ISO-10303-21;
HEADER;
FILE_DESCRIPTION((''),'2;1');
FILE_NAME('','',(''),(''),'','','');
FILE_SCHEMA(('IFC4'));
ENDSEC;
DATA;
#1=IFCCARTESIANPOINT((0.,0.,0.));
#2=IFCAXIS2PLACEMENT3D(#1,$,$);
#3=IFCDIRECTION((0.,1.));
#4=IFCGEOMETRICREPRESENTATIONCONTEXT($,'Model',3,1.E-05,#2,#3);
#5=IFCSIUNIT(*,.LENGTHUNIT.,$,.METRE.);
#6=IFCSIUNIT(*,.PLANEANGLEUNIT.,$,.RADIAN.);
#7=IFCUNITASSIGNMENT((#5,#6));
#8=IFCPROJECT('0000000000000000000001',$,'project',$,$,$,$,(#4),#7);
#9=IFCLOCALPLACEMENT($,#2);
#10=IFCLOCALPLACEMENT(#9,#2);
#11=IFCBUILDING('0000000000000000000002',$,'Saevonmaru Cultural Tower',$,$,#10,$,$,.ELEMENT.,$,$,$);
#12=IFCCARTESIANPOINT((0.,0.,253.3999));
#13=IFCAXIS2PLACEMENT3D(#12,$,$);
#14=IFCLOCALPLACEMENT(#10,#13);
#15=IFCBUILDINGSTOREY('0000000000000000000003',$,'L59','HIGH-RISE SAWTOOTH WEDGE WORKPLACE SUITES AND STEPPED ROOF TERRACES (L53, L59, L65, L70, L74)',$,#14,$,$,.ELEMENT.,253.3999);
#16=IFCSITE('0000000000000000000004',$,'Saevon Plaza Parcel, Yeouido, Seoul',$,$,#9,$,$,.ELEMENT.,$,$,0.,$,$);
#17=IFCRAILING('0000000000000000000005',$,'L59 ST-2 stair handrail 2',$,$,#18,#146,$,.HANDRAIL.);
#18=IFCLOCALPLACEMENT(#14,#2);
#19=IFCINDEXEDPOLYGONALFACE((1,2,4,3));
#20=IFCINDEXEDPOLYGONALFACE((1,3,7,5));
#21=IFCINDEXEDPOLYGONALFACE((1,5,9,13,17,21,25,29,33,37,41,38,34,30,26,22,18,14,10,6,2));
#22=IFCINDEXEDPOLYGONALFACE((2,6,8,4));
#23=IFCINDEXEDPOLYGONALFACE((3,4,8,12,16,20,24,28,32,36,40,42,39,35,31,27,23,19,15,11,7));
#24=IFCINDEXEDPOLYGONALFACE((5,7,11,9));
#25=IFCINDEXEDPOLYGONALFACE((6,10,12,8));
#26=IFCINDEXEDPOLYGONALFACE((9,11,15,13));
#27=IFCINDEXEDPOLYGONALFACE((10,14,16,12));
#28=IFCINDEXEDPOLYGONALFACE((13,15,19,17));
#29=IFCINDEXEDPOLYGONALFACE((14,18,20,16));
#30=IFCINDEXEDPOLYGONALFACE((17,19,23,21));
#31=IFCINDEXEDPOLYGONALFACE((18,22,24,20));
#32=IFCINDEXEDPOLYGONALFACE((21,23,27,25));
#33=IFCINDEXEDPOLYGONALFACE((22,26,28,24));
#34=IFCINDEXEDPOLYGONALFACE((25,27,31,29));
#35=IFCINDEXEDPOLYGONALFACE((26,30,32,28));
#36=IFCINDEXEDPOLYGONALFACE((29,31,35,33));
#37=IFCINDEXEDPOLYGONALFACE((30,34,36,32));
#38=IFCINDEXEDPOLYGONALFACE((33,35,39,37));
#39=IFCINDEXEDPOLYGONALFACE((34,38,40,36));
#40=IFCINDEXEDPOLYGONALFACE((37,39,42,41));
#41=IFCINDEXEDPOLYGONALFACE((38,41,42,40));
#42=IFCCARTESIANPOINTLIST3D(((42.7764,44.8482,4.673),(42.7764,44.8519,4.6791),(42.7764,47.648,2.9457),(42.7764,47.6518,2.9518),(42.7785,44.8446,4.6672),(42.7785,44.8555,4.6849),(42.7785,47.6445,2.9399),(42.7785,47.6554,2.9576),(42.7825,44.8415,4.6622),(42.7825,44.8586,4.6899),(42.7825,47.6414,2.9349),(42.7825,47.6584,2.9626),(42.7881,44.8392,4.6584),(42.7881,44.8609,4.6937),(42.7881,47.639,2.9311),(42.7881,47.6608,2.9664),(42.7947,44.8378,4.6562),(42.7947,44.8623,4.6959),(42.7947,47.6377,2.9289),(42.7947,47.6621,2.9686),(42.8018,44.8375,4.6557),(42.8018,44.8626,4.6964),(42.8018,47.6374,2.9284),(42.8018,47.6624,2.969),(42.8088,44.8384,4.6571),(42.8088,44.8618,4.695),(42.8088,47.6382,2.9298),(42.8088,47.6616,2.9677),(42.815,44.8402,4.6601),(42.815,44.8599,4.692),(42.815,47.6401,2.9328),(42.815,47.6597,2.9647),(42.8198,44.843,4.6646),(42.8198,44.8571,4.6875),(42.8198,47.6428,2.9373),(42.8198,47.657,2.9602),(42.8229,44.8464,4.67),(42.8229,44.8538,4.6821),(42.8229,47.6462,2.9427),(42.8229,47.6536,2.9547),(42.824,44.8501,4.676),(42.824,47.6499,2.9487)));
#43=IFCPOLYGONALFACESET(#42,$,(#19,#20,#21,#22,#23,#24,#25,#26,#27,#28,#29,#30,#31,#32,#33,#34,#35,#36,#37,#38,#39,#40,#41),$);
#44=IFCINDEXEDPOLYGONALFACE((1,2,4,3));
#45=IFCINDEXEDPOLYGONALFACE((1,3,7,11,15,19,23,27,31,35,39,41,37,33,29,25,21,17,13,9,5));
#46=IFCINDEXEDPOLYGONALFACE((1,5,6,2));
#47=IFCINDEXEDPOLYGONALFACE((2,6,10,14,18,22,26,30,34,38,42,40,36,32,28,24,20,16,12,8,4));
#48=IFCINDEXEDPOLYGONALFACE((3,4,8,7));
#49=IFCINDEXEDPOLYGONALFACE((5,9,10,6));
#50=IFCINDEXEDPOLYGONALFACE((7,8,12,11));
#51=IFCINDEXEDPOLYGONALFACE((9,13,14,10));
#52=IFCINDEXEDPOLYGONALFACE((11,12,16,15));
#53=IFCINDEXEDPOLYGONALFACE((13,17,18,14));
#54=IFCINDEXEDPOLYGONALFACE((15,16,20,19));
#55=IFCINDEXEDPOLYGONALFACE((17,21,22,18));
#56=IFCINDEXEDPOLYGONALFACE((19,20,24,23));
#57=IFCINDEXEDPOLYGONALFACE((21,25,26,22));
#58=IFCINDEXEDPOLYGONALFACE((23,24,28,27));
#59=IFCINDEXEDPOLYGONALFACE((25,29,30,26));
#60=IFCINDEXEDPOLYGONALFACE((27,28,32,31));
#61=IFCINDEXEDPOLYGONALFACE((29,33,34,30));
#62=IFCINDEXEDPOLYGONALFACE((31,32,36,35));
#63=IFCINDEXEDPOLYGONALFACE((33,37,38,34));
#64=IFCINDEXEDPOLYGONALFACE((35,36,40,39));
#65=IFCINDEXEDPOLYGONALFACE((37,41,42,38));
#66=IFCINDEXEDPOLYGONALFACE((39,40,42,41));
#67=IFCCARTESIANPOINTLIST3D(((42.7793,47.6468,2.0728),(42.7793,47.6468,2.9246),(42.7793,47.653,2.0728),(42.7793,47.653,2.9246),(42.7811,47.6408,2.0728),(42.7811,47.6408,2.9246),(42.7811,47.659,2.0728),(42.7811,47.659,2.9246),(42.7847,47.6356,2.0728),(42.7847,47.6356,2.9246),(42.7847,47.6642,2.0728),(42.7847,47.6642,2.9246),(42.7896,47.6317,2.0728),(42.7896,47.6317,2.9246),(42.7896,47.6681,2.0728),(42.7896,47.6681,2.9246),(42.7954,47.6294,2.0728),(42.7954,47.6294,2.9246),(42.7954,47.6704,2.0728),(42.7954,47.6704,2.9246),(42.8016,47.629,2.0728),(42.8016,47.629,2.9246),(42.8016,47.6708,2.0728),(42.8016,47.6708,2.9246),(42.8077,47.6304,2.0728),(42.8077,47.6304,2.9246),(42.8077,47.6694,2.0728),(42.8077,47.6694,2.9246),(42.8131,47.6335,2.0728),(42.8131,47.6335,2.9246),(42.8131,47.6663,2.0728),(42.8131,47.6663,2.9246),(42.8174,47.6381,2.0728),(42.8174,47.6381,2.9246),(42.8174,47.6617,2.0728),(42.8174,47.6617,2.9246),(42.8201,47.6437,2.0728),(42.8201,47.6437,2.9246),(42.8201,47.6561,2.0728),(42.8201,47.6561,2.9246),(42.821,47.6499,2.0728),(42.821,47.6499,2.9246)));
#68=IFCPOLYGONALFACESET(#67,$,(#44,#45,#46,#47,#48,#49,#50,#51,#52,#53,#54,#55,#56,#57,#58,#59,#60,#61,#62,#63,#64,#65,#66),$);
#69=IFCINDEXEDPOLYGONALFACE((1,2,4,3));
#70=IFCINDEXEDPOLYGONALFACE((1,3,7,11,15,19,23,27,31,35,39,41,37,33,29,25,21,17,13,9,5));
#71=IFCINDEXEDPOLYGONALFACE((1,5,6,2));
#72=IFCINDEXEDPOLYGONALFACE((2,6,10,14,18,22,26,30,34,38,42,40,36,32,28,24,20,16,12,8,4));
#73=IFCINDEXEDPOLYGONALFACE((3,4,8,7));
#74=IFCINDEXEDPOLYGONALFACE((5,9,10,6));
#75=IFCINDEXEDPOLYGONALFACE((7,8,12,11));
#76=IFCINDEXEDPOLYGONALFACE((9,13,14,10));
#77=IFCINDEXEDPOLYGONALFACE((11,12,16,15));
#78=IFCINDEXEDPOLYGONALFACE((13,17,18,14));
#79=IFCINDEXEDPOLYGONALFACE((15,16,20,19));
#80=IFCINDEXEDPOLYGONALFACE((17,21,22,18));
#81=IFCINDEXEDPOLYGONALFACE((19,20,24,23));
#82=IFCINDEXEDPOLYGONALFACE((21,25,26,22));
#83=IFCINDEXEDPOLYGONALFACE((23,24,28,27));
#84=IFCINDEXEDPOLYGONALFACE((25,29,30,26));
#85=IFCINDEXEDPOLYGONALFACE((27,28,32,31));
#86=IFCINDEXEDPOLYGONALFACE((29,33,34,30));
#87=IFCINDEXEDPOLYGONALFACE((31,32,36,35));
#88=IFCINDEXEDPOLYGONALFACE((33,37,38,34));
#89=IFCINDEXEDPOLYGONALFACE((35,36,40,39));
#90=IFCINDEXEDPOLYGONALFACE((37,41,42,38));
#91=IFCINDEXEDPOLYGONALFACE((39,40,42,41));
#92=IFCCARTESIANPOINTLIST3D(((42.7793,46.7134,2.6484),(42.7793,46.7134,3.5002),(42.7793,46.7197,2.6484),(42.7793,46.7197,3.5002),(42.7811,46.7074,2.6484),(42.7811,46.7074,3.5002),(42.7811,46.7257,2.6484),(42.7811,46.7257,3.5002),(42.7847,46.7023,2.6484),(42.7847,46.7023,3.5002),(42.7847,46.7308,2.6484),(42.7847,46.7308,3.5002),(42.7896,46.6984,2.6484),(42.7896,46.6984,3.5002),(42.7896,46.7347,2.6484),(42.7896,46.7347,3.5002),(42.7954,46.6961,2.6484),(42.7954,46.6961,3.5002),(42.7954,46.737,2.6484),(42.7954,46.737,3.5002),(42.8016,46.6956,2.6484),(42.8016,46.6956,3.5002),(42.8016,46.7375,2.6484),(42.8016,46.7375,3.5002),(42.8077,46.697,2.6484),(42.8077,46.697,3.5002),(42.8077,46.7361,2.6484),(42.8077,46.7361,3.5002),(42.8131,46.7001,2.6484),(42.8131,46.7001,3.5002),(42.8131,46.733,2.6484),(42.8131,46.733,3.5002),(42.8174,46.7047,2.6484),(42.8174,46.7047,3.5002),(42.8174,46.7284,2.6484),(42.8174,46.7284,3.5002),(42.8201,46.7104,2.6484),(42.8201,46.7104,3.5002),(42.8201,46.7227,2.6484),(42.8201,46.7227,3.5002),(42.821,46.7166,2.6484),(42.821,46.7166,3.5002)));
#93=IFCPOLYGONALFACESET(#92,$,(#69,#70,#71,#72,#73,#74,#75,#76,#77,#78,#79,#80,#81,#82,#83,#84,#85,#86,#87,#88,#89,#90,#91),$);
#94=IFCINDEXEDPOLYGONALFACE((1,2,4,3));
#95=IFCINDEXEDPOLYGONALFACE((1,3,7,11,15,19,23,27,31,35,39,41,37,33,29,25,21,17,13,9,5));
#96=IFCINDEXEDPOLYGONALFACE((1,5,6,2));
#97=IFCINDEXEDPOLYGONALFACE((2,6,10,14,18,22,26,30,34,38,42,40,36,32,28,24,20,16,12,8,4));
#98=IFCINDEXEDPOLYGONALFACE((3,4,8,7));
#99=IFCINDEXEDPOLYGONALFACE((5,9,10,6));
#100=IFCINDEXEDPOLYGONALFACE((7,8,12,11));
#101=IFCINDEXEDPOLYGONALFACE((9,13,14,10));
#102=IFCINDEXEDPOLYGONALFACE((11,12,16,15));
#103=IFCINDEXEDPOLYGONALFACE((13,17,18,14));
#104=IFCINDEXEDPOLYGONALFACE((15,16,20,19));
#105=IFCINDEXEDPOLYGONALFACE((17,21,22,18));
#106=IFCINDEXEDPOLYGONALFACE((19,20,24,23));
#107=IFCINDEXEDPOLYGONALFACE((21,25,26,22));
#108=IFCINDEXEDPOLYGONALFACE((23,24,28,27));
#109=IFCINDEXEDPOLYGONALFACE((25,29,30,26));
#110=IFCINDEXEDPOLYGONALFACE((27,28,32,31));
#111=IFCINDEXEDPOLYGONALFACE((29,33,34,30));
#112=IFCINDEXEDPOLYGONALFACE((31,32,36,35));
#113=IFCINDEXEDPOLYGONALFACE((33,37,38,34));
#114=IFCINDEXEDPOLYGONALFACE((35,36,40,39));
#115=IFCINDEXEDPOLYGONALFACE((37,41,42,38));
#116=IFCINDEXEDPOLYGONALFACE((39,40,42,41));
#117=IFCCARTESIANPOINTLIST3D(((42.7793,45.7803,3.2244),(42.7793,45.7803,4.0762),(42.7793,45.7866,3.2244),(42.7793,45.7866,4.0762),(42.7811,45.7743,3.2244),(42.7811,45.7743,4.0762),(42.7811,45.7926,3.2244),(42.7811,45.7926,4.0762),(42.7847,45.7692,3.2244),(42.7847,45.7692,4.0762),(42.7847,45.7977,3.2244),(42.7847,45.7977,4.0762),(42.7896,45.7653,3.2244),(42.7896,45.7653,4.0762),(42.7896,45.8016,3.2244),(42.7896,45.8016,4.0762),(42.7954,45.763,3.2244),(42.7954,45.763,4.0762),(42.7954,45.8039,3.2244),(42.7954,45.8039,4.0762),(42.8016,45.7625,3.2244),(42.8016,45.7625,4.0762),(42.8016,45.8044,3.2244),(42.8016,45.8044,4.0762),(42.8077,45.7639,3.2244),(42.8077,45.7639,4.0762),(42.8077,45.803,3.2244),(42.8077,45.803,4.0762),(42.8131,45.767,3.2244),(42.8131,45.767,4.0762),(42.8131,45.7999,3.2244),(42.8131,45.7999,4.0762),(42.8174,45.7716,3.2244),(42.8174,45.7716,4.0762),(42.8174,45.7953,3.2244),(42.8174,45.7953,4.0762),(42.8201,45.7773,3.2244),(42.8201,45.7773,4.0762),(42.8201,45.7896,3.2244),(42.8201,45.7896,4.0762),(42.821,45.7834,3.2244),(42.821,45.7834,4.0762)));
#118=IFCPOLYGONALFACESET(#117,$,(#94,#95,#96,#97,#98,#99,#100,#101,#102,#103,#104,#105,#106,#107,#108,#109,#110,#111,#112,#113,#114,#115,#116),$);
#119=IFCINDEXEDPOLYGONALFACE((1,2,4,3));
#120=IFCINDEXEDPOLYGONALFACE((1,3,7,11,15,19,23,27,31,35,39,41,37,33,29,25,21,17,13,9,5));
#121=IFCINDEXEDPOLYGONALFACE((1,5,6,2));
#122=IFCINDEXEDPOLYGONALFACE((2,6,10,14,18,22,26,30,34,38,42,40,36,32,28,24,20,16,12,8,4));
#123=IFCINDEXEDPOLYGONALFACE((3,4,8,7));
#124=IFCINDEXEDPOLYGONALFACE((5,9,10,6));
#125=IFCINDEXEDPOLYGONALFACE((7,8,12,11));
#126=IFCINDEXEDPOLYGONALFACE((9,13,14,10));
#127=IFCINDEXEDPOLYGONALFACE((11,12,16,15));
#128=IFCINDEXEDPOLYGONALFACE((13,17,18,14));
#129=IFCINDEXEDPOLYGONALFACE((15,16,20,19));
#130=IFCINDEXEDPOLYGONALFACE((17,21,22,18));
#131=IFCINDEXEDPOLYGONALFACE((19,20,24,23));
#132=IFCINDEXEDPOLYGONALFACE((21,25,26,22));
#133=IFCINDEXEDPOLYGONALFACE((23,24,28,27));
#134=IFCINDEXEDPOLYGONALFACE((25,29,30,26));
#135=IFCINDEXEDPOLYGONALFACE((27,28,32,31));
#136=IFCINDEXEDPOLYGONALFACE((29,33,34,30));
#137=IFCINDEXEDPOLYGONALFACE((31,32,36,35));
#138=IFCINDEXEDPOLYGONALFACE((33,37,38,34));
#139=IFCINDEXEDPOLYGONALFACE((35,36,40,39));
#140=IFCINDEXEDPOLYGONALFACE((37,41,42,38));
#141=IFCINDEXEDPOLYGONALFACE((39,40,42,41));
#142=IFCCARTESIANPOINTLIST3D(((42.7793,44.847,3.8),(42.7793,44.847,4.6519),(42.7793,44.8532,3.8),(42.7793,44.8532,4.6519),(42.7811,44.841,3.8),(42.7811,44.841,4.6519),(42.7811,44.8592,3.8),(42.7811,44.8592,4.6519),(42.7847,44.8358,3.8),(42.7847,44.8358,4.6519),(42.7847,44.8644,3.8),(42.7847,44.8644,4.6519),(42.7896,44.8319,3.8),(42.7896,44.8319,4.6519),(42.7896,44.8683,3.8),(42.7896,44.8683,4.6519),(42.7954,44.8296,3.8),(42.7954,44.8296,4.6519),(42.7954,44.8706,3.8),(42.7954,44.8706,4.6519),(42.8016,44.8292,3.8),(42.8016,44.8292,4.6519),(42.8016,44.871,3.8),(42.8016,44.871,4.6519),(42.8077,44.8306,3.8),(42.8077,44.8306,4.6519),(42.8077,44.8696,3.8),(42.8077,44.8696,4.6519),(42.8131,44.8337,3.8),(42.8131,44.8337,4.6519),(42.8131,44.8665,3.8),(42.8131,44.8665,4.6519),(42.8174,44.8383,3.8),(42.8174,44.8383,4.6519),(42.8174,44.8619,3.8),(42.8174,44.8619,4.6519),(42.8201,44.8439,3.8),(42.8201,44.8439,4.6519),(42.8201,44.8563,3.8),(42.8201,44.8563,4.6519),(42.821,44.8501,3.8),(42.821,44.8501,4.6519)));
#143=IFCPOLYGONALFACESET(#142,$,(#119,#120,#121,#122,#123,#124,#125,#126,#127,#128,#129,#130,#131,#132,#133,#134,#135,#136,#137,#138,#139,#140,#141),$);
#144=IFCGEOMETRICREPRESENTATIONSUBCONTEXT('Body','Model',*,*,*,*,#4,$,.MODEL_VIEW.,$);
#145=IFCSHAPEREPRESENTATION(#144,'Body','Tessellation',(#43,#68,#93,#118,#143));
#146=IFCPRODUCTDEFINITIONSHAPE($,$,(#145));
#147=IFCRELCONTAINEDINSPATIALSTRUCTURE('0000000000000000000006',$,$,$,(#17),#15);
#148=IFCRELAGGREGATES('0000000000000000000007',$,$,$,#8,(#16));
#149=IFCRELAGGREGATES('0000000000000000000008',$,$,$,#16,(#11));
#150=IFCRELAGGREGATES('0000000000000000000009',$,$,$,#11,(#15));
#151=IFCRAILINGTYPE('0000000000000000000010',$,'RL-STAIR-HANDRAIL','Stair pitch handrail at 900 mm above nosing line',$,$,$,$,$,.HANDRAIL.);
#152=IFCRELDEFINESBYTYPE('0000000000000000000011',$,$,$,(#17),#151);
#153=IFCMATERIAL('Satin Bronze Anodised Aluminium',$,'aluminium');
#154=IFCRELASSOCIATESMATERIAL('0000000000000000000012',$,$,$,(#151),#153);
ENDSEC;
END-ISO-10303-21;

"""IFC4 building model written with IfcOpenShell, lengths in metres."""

from ifc_helpers import new_model, si_unit, direction, frame, origin, origin_2d, place, context, subcontext, project, spatial, circle, extrude, material, type_object, element, save


model = new_model("IFC4")

# Units and contexts
model_context = context("Model", 3, precision=1e-05, world=origin(), true_north=direction((0.0, 1.0)))
body_context = subcontext(model_context, "Body", "Model", "MODEL_VIEW")
ifc_project = project(units=[si_unit("LENGTHUNIT", "METRE"), si_unit("PLANEANGLEUNIT", "RADIAN")], contexts=[model_context])

# Site, building, storey
site_placement = place(None, origin())
site = spatial("IfcSite", under=ifc_project, at=site_placement, Name="Saevon Plaza Parcel, Yeouido, Seoul", CompositionType="ELEMENT", RefElevation=0.0)
building_placement = place(site_placement, origin())
building = spatial("IfcBuilding", under=site, at=building_placement, Name="Saevonmaru Cultural Tower", CompositionType="ELEMENT")
storey_placement = place(building_placement, frame((0.0, 0.0, 253.3999)))
storey = spatial("IfcBuildingStorey", under=building, at=storey_placement, Name="L59", Description="HIGH-RISE SAWTOOTH WEDGE WORKPLACE SUITES AND STEPPED ROOF TERRACES (L53, L59, L65, L70, L74)", CompositionType="ELEMENT", Elevation=253.3999)

# Shared definitions
ifc_material_1 = material(Name="Satin Bronze Anodised Aluminium", Category="aluminium")

# Railing
railing_type_1 = type_object("IfcRailingType", Name="RL-STAIR-HANDRAIL", Description="Stair pitch handrail at 900 mm above nosing line", PredefinedType="HANDRAIL", material=ifc_material_1)
railing_1_placement = place(storey_placement, frame((42.8, 47.6499, 2.0728)))
element("IfcRailing", 1, at=railing_1_placement, inside=storey, type_object=railing_type_1, Name="L59 ST-2 stair handrail 2", PredefinedType="HANDRAIL", context=body_context, shape_type="SweptSolid", body=[
    extrude(circle(Radius=0.0239, at=origin_2d()), frame((0.0, 0.0, 0.876), z_axis=(0.0, -0.851069, 0.525054), x_axis=(1.0, 0.0, 0.0)), (0.0, 0.0, 1.0), 3.2898),
    extrude(circle(Radius=0.021, at=origin_2d()), origin(), (0.0, 0.0, 1.0), 0.8518),
    extrude(circle(Radius=0.021, at=origin_2d()), frame((0.0, -0.9333, 0.5757)), (0.0, 0.0, 1.0), 0.8518),
    extrude(circle(Radius=0.021, at=origin_2d()), frame((0.0, -1.8665, 1.1516)), (0.0, 0.0, 1.0), 0.8518),
    extrude(circle(Radius=0.021, at=origin_2d()), frame((0.0, -2.7998, 1.7273)), (0.0, 0.0, 1.0), 0.8518),
])

save(model, "model.ifc")
